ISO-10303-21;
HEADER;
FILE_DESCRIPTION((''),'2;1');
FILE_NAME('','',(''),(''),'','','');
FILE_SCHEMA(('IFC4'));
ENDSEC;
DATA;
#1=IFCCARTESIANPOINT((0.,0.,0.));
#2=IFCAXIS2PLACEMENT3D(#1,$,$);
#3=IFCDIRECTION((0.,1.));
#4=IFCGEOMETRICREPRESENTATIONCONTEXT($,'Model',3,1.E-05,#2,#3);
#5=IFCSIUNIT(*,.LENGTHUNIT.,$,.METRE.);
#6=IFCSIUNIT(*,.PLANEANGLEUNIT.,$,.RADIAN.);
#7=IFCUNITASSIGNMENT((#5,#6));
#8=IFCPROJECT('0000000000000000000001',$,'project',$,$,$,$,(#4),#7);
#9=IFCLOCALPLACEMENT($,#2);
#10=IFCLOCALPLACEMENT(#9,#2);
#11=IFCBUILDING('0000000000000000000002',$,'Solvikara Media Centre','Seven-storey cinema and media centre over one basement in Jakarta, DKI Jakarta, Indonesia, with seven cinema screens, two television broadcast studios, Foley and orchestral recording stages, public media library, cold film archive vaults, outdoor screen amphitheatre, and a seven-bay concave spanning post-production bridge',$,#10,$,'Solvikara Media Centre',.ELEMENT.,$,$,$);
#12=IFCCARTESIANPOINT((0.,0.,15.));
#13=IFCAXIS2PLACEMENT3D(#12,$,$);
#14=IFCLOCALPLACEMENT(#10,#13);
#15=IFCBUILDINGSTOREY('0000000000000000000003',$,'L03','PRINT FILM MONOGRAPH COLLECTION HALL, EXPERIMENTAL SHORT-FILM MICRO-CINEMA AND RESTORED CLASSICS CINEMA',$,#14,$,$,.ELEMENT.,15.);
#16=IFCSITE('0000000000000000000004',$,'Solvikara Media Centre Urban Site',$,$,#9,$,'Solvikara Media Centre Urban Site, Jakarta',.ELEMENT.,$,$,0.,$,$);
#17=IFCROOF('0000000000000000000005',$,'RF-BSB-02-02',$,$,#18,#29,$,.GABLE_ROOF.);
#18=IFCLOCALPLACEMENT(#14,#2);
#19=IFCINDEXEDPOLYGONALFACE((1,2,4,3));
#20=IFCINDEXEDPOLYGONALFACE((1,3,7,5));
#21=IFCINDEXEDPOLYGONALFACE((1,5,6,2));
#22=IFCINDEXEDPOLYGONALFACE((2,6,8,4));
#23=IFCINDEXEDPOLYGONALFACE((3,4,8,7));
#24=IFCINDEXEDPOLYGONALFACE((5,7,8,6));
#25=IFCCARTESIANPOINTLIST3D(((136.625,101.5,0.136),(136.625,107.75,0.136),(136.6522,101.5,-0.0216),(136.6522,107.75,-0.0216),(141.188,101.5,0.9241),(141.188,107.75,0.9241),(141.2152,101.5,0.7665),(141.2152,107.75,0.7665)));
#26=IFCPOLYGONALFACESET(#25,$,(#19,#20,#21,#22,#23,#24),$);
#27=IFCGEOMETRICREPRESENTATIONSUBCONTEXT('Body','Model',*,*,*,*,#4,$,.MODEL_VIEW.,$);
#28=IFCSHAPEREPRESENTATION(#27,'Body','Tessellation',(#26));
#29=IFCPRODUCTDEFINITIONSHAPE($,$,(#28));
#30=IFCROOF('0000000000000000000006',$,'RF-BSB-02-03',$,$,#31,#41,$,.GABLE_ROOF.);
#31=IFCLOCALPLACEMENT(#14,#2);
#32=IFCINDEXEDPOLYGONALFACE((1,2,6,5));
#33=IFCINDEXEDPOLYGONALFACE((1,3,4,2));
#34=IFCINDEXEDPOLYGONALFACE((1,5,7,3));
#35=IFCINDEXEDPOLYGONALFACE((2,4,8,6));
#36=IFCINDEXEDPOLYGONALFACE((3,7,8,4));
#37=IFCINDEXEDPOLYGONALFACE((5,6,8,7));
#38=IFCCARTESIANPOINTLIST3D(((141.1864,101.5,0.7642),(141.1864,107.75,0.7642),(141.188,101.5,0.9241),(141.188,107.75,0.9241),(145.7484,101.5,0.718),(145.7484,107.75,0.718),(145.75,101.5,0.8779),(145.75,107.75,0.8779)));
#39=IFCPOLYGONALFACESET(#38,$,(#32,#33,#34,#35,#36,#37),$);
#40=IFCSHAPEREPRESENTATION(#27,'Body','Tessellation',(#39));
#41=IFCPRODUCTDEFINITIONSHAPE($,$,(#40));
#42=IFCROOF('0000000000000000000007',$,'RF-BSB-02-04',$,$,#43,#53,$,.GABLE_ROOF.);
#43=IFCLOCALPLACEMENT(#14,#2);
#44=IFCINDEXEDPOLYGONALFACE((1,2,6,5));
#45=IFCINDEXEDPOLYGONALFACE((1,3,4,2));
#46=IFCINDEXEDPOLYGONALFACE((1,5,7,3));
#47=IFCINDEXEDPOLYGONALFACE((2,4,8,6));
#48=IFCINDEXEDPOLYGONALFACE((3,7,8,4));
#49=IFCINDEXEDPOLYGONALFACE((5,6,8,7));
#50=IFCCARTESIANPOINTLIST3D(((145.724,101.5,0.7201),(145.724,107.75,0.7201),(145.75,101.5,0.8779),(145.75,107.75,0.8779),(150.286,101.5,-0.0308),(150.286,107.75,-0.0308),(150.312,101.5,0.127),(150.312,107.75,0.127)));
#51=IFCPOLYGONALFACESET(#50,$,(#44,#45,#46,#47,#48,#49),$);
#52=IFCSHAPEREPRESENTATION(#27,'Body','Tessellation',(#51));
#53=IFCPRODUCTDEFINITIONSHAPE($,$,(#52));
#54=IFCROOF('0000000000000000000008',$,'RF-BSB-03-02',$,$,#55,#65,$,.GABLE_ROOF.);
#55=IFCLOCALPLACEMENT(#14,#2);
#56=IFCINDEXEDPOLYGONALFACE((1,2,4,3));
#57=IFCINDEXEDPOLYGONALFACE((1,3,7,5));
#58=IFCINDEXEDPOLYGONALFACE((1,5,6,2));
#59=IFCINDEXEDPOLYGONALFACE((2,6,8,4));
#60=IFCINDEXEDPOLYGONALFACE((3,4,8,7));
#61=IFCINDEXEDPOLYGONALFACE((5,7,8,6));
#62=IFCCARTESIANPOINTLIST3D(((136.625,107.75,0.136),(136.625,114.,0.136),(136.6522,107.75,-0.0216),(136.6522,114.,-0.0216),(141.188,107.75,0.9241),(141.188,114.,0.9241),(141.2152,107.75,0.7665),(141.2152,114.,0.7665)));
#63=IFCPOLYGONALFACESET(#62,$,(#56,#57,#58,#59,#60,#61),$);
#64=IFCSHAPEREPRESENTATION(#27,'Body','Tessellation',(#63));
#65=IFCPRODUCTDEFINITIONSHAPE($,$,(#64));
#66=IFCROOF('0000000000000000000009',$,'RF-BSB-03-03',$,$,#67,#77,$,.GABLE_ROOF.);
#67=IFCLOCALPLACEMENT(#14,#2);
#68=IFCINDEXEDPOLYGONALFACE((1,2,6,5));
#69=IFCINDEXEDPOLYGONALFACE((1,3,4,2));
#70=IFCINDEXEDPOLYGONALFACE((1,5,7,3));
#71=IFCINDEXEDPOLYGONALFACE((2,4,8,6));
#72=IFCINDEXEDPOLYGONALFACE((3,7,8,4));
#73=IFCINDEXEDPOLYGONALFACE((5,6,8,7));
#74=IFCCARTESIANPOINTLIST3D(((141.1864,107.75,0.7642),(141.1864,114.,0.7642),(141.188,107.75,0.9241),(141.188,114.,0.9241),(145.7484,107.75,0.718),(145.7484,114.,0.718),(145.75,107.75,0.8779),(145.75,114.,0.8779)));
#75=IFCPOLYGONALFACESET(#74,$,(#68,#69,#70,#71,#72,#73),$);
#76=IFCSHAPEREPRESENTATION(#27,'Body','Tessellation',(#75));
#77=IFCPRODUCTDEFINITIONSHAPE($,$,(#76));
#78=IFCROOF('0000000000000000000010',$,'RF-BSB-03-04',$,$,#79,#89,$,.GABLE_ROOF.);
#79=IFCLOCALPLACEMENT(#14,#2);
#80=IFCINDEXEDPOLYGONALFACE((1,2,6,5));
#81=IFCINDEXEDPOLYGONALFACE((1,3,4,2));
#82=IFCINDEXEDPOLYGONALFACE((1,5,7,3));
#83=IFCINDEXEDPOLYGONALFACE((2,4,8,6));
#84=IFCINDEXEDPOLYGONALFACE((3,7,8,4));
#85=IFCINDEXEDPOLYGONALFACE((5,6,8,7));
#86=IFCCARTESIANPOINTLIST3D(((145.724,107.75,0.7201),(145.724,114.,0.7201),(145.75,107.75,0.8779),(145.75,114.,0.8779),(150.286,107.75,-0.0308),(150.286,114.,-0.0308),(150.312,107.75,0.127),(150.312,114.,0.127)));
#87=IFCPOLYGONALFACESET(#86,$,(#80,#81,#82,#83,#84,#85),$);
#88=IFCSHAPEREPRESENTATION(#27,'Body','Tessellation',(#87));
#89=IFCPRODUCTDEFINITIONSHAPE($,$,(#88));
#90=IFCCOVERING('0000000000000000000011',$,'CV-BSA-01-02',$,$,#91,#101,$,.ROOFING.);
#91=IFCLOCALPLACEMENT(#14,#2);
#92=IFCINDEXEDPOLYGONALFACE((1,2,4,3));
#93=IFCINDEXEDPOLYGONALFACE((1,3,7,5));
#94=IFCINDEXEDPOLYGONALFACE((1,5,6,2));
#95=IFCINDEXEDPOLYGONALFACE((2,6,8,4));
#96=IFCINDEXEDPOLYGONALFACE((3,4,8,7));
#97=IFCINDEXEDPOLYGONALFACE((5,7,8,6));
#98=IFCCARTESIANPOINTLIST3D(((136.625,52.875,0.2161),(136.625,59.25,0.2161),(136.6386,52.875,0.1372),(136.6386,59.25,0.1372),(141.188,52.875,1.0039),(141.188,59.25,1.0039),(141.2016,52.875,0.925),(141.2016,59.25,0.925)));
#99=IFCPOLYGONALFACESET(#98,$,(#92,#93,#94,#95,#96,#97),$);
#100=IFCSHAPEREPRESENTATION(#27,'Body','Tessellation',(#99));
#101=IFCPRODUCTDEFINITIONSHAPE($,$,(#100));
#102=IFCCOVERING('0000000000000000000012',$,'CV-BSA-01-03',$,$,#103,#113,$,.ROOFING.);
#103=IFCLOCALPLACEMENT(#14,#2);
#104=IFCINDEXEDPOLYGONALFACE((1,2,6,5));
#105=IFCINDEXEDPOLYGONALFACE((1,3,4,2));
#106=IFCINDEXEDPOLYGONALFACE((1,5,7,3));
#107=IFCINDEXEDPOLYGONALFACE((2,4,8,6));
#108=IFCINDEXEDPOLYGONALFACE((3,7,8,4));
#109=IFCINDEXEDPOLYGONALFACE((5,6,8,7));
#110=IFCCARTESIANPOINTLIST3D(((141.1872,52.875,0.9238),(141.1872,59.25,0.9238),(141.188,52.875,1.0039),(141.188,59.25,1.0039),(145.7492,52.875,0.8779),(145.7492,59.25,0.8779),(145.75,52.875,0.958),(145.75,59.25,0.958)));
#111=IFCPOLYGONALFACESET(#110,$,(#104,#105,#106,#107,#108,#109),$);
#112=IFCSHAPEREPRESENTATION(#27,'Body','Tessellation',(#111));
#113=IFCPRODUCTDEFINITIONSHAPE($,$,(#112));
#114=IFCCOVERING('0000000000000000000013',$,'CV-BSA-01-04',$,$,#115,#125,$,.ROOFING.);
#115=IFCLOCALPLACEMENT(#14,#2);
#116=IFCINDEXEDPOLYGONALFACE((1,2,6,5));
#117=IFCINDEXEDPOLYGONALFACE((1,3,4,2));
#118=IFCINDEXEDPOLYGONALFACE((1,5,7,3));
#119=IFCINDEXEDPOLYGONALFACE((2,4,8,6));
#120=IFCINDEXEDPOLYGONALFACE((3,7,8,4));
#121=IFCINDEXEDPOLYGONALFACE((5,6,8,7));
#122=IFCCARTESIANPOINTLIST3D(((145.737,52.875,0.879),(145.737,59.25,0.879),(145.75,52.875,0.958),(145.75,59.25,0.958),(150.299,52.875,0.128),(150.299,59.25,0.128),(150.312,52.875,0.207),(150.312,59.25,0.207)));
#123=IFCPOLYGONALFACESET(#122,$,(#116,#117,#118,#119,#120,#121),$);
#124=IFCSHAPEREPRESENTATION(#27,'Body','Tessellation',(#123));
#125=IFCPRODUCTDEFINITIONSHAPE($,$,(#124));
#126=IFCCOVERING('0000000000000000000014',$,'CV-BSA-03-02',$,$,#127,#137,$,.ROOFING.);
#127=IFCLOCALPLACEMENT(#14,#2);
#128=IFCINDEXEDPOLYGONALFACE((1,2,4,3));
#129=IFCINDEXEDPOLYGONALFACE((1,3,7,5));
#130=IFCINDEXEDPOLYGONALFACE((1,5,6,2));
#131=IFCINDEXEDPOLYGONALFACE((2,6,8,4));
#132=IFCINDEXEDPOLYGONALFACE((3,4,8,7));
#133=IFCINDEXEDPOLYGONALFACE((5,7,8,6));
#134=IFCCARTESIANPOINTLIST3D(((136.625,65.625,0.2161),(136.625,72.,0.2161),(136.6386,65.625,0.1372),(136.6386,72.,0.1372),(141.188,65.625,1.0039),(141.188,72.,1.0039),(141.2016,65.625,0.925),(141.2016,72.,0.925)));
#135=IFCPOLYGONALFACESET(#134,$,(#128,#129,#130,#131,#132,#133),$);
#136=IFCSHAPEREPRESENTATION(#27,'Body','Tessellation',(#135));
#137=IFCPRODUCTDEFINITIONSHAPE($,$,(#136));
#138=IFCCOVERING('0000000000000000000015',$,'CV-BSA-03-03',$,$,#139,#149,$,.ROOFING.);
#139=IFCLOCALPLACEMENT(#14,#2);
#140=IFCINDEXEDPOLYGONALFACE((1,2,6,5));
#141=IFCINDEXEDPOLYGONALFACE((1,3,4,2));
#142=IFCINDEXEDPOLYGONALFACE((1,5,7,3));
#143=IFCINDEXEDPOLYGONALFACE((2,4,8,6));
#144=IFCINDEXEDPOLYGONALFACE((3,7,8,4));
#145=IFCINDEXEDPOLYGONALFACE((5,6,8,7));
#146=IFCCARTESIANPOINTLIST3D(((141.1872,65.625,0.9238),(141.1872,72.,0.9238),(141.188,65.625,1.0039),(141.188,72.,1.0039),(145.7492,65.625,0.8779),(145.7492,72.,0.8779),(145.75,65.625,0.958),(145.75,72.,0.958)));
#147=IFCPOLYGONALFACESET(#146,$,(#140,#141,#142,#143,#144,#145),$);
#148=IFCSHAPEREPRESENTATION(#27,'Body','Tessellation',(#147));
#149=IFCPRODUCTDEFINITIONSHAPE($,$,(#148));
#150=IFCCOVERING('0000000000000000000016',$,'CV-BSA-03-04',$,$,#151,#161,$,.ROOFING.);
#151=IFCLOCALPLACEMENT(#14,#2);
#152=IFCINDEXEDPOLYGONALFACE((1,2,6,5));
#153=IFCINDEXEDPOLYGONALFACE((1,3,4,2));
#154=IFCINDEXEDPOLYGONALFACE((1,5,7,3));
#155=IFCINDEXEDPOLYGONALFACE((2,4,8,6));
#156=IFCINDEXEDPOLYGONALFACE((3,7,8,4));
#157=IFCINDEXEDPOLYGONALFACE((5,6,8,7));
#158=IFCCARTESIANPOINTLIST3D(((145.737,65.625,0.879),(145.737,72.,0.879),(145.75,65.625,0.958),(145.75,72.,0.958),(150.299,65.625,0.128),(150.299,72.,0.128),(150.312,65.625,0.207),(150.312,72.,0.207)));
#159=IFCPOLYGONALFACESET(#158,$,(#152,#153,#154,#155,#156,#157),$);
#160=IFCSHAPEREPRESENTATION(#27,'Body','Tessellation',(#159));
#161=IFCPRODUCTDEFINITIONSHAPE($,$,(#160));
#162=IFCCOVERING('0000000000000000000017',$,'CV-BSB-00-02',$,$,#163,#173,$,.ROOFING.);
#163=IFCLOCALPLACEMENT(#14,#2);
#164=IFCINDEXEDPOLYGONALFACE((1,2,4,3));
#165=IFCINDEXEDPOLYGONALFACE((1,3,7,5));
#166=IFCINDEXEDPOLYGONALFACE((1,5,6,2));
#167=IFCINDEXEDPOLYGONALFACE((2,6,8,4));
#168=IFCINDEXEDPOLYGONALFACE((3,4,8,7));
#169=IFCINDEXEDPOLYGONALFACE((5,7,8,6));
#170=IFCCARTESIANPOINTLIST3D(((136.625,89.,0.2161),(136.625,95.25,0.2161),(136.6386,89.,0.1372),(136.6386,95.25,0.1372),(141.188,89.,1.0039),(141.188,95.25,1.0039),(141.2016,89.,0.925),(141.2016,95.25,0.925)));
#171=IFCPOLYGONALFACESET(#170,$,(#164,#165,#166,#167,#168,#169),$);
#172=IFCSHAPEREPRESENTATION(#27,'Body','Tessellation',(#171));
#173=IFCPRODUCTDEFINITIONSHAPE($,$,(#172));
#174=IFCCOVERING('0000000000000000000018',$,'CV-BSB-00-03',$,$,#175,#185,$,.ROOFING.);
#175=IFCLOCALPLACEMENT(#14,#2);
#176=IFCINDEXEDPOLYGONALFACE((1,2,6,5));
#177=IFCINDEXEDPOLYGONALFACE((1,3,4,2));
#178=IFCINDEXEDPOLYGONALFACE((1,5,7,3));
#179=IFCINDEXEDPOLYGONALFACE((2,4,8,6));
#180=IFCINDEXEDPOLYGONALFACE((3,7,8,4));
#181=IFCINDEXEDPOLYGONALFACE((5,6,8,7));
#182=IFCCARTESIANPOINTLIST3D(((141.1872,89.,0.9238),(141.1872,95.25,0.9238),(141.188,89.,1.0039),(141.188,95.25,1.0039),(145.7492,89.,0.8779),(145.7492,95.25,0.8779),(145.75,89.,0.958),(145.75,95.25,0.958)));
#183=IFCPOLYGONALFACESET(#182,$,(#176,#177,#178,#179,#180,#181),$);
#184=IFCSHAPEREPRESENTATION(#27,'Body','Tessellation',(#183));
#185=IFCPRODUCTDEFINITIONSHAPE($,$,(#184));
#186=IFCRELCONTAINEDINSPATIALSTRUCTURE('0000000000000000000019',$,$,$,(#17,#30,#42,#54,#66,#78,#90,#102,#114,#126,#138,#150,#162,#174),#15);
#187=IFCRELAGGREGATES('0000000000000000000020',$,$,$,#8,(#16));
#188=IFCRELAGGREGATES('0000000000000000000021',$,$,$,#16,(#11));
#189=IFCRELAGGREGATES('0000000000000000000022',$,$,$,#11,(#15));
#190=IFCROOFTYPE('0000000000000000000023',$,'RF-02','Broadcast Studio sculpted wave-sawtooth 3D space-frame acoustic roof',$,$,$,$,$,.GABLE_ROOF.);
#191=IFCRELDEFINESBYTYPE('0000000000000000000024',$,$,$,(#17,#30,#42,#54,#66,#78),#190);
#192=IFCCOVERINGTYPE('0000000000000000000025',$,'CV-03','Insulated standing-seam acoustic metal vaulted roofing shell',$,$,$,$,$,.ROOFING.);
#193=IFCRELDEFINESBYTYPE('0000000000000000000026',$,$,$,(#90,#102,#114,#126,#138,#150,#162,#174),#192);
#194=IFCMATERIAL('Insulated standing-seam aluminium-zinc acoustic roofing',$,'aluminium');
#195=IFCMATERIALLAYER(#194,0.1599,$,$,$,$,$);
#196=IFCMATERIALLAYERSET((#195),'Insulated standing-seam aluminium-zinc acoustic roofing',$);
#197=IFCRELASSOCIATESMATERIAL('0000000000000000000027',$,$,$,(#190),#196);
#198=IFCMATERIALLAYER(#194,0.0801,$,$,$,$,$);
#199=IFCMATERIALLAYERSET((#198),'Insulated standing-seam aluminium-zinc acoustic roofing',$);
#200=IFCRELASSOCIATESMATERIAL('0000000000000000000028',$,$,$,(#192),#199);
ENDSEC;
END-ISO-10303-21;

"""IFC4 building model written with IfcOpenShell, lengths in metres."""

from ifc_helpers import new_model, si_unit, direction, frame, origin, place, context, subcontext, project, spatial, polyline, outline, extrude, material, layer, layer_set, type_object, element, save


model = new_model("IFC4")

# Units and contexts
model_context = context("Model", 3, precision=1e-05, world=origin(), true_north=direction((0.0, 1.0)))
body_context = subcontext(model_context, "Body", "Model", "MODEL_VIEW")
ifc_project = project(units=[si_unit("LENGTHUNIT", "METRE"), si_unit("PLANEANGLEUNIT", "RADIAN")], contexts=[model_context])

# Site, building, storey
site_placement = place(None, origin())
site = spatial("IfcSite", under=ifc_project, at=site_placement, Name="Solvikara Media Centre Urban Site", LongName="Solvikara Media Centre Urban Site, Jakarta", CompositionType="ELEMENT", RefElevation=0.0)
building_placement = place(site_placement, origin())
building = spatial("IfcBuilding", under=site, at=building_placement, Name="Solvikara Media Centre", Description="Seven-storey cinema and media centre over one basement in Jakarta, DKI Jakarta, Indonesia, with seven cinema screens, two television broadcast studios, Foley and orchestral recording stages, public media library, cold film archive vaults, outdoor screen amphitheatre, and a seven-bay concave spanning post-production bridge", LongName="Solvikara Media Centre", CompositionType="ELEMENT")
storey_placement = place(building_placement, frame((0.0, 0.0, 15.0)))
storey = spatial("IfcBuildingStorey", under=building, at=storey_placement, Name="L03", Description="PRINT FILM MONOGRAPH COLLECTION HALL, EXPERIMENTAL SHORT-FILM MICRO-CINEMA AND RESTORED CLASSICS CINEMA", CompositionType="ELEMENT", Elevation=15.0)

# Roofs
ifc_material_1 = material(Name="Insulated standing-seam aluminium-zinc acoustic roofing", Category="aluminium")
ifc_layer_1 = layer(ifc_material_1, 0.1599)
ifc_layer_set_1 = layer_set([ifc_layer_1], Name="Insulated standing-seam aluminium-zinc acoustic roofing")
roof_type = type_object("IfcRoofType", Name="RF-02", Description="Broadcast Studio sculpted wave-sawtooth 3D space-frame acoustic roof", PredefinedType="GABLE_ROOF", material=ifc_layer_set_1)
roof_1_placement = place(storey_placement, frame((136.625, 101.5, 0.136), z_axis=(-0.170193, 0.0, 0.985411), x_axis=(0.985411, 0.0, 0.170193)))
element("IfcRoof", 1, at=roof_1_placement, inside=storey, type_object=roof_type, Name="RF-BSB-02-02", PredefinedType="GABLE_ROOF", context=body_context, shape_type="SweptSolid", body=[
    extrude(outline(polyline([(0.0, 0.0), (4.6305, 0.0), (4.6305, 6.25), (0.0, 6.25), (0.0, 0.0)])), origin(), (0.0, 0.0, -1.0), 0.1599),
])
roof_2_placement = place(storey_placement, frame((141.188, 101.5, 0.9241), z_axis=(0.010114, 0.0, 0.999949), x_axis=(0.999949, 0.0, -0.010114)))
element("IfcRoof", 2, at=roof_2_placement, inside=storey, type_object=roof_type, Name="RF-BSB-02-03", PredefinedType="GABLE_ROOF", context=body_context, shape_type="SweptSolid", body=[
    extrude(outline(polyline([(0.0, 0.0), (4.5622, 0.0), (4.5622, 6.25), (0.0, 6.25), (0.0, 0.0)])), origin(), (0.0, 0.0, -1.0), 0.1599),
])
roof_3_placement = place(storey_placement, frame((145.75, 101.5, 0.8779), z_axis=(0.162429, 0.0, 0.98672), x_axis=(0.98672, 0.0, -0.162429)))
element("IfcRoof", 3, at=roof_3_placement, inside=storey, type_object=roof_type, Name="RF-BSB-02-04", PredefinedType="GABLE_ROOF", context=body_context, shape_type="SweptSolid", body=[
    extrude(outline(polyline([(0.0, 0.0), (4.6234, 0.0), (4.6234, 6.25), (0.0, 6.25), (0.0, 0.0)])), origin(), (0.0, 0.0, -1.0), 0.1599),
])
roof_4_placement = place(storey_placement, frame((136.625, 107.75, 0.136), z_axis=(-0.170193, 0.0, 0.985411), x_axis=(0.985411, 0.0, 0.170193)))
element("IfcRoof", 4, at=roof_4_placement, inside=storey, type_object=roof_type, Name="RF-BSB-03-02", PredefinedType="GABLE_ROOF", context=body_context, shape_type="SweptSolid", body=[
    extrude(outline(polyline([(0.0, 0.0), (4.6305, 0.0), (4.6305, 6.25), (0.0, 6.25), (0.0, 0.0)])), origin(), (0.0, 0.0, -1.0), 0.1599),
])
roof_5_placement = place(storey_placement, frame((141.188, 107.75, 0.9241), z_axis=(0.010114, 0.0, 0.999949), x_axis=(0.999949, 0.0, -0.010114)))
element("IfcRoof", 5, at=roof_5_placement, inside=storey, type_object=roof_type, Name="RF-BSB-03-03", PredefinedType="GABLE_ROOF", context=body_context, shape_type="SweptSolid", body=[
    extrude(outline(polyline([(0.0, 0.0), (4.5622, 0.0), (4.5622, 6.25), (0.0, 6.25), (0.0, 0.0)])), origin(), (0.0, 0.0, -1.0), 0.1599),
])
roof_6_placement = place(storey_placement, frame((145.75, 107.75, 0.8779), z_axis=(0.162429, 0.0, 0.98672), x_axis=(0.98672, 0.0, -0.162429)))
element("IfcRoof", 6, at=roof_6_placement, inside=storey, type_object=roof_type, Name="RF-BSB-03-04", PredefinedType="GABLE_ROOF", context=body_context, shape_type="SweptSolid", body=[
    extrude(outline(polyline([(0.0, 0.0), (4.6234, 0.0), (4.6234, 6.25), (0.0, 6.25), (0.0, 0.0)])), origin(), (0.0, 0.0, -1.0), 0.1599),
])

# Coverings
ifc_layer_2 = layer(ifc_material_1, 0.0801)
ifc_layer_set_2 = layer_set([ifc_layer_2], Name="Insulated standing-seam aluminium-zinc acoustic roofing")
covering_type_1 = type_object("IfcCoveringType", Name="CV-03", Description="Insulated standing-seam acoustic metal vaulted roofing shell", PredefinedType="ROOFING", material=ifc_layer_set_2)
covering_1_placement = place(storey_placement, frame((136.625, 52.875, 0.2161), z_axis=(-0.170142, 0.0, 0.98542), x_axis=(0.98542, 0.0, 0.170142)))
element("IfcCovering", 7, at=covering_1_placement, inside=storey, type_object=covering_type_1, Name="CV-BSA-01-02", PredefinedType="ROOFING", context=body_context, shape_type="SweptSolid", body=[
    extrude(outline(polyline([(0.0, 0.0), (4.6305, 0.0), (4.6305, 6.375), (0.0, 6.375), (0.0, 0.0)])), origin(), (0.0, 0.0, -1.0), 0.0801),
])
covering_2_placement = place(storey_placement, frame((141.188, 52.875, 1.0039), z_axis=(0.01006, 0.0, 0.999949), x_axis=(0.999949, 0.0, -0.01006)))
element("IfcCovering", 8, at=covering_2_placement, inside=storey, type_object=covering_type_1, Name="CV-BSA-01-03", PredefinedType="ROOFING", context=body_context, shape_type="SweptSolid", body=[
    extrude(outline(polyline([(0.0, 0.0), (4.5622, 0.0), (4.5622, 6.375), (0.0, 6.375), (0.0, 0.0)])), origin(), (0.0, 0.0, -1.0), 0.0801),
])
covering_3_placement = place(storey_placement, frame((145.75, 52.875, 0.958), z_axis=(0.162429, 0.0, 0.98672), x_axis=(0.98672, 0.0, -0.162429)))
element("IfcCovering", 9, at=covering_3_placement, inside=storey, type_object=covering_type_1, Name="CV-BSA-01-04", PredefinedType="ROOFING", context=body_context, shape_type="SweptSolid", body=[
    extrude(outline(polyline([(0.0, 0.0), (4.6234, 0.0), (4.6234, 6.375), (0.0, 6.375), (0.0, 0.0)])), origin(), (0.0, 0.0, -1.0), 0.0801),
])
covering_4_placement = place(storey_placement, frame((136.625, 65.625, 0.2161), z_axis=(-0.170142, 0.0, 0.98542), x_axis=(0.98542, 0.0, 0.170142)))
element("IfcCovering", 10, at=covering_4_placement, inside=storey, type_object=covering_type_1, Name="CV-BSA-03-02", PredefinedType="ROOFING", context=body_context, shape_type="SweptSolid", body=[
    extrude(outline(polyline([(0.0, 0.0), (4.6305, 0.0), (4.6305, 6.375), (0.0, 6.375), (0.0, 0.0)])), origin(), (0.0, 0.0, -1.0), 0.0801),
])
covering_5_placement = place(storey_placement, frame((141.188, 65.625, 1.0039), z_axis=(0.01006, 0.0, 0.999949), x_axis=(0.999949, 0.0, -0.01006)))
element("IfcCovering", 11, at=covering_5_placement, inside=storey, type_object=covering_type_1, Name="CV-BSA-03-03", PredefinedType="ROOFING", context=body_context, shape_type="SweptSolid", body=[
    extrude(outline(polyline([(0.0, 0.0), (4.5622, 0.0), (4.5622, 6.375), (0.0, 6.375), (0.0, 0.0)])), origin(), (0.0, 0.0, -1.0), 0.0801),
])
covering_6_placement = place(storey_placement, frame((145.75, 65.625, 0.958), z_axis=(0.162429, 0.0, 0.98672), x_axis=(0.98672, 0.0, -0.162429)))
element("IfcCovering", 12, at=covering_6_placement, inside=storey, type_object=covering_type_1, Name="CV-BSA-03-04", PredefinedType="ROOFING", context=body_context, shape_type="SweptSolid", body=[
    extrude(outline(polyline([(0.0, 0.0), (4.6234, 0.0), (4.6234, 6.375), (0.0, 6.375), (0.0, 0.0)])), origin(), (0.0, 0.0, -1.0), 0.0801),
])
covering_7_placement = place(storey_placement, frame((136.625, 89.0, 0.2161), z_axis=(-0.170142, 0.0, 0.98542), x_axis=(0.98542, 0.0, 0.170142)))
element("IfcCovering", 13, at=covering_7_placement, inside=storey, type_object=covering_type_1, Name="CV-BSB-00-02", PredefinedType="ROOFING", context=body_context, shape_type="SweptSolid", body=[
    extrude(outline(polyline([(0.0, 0.0), (4.6305, 0.0), (4.6305, 6.25), (0.0, 6.25), (0.0, 0.0)])), origin(), (0.0, 0.0, -1.0), 0.0801),
])
covering_8_placement = place(storey_placement, frame((141.188, 89.0, 1.0039), z_axis=(0.01006, 0.0, 0.999949), x_axis=(0.999949, 0.0, -0.01006)))
element("IfcCovering", 14, at=covering_8_placement, inside=storey, type_object=covering_type_1, Name="CV-BSB-00-03", PredefinedType="ROOFING", context=body_context, shape_type="SweptSolid", body=[
    extrude(outline(polyline([(0.0, 0.0), (4.5622, 0.0), (4.5622, 6.25), (0.0, 6.25), (0.0, 0.0)])), origin(), (0.0, 0.0, -1.0), 0.0801),
])

save(model, "model.ifc")
